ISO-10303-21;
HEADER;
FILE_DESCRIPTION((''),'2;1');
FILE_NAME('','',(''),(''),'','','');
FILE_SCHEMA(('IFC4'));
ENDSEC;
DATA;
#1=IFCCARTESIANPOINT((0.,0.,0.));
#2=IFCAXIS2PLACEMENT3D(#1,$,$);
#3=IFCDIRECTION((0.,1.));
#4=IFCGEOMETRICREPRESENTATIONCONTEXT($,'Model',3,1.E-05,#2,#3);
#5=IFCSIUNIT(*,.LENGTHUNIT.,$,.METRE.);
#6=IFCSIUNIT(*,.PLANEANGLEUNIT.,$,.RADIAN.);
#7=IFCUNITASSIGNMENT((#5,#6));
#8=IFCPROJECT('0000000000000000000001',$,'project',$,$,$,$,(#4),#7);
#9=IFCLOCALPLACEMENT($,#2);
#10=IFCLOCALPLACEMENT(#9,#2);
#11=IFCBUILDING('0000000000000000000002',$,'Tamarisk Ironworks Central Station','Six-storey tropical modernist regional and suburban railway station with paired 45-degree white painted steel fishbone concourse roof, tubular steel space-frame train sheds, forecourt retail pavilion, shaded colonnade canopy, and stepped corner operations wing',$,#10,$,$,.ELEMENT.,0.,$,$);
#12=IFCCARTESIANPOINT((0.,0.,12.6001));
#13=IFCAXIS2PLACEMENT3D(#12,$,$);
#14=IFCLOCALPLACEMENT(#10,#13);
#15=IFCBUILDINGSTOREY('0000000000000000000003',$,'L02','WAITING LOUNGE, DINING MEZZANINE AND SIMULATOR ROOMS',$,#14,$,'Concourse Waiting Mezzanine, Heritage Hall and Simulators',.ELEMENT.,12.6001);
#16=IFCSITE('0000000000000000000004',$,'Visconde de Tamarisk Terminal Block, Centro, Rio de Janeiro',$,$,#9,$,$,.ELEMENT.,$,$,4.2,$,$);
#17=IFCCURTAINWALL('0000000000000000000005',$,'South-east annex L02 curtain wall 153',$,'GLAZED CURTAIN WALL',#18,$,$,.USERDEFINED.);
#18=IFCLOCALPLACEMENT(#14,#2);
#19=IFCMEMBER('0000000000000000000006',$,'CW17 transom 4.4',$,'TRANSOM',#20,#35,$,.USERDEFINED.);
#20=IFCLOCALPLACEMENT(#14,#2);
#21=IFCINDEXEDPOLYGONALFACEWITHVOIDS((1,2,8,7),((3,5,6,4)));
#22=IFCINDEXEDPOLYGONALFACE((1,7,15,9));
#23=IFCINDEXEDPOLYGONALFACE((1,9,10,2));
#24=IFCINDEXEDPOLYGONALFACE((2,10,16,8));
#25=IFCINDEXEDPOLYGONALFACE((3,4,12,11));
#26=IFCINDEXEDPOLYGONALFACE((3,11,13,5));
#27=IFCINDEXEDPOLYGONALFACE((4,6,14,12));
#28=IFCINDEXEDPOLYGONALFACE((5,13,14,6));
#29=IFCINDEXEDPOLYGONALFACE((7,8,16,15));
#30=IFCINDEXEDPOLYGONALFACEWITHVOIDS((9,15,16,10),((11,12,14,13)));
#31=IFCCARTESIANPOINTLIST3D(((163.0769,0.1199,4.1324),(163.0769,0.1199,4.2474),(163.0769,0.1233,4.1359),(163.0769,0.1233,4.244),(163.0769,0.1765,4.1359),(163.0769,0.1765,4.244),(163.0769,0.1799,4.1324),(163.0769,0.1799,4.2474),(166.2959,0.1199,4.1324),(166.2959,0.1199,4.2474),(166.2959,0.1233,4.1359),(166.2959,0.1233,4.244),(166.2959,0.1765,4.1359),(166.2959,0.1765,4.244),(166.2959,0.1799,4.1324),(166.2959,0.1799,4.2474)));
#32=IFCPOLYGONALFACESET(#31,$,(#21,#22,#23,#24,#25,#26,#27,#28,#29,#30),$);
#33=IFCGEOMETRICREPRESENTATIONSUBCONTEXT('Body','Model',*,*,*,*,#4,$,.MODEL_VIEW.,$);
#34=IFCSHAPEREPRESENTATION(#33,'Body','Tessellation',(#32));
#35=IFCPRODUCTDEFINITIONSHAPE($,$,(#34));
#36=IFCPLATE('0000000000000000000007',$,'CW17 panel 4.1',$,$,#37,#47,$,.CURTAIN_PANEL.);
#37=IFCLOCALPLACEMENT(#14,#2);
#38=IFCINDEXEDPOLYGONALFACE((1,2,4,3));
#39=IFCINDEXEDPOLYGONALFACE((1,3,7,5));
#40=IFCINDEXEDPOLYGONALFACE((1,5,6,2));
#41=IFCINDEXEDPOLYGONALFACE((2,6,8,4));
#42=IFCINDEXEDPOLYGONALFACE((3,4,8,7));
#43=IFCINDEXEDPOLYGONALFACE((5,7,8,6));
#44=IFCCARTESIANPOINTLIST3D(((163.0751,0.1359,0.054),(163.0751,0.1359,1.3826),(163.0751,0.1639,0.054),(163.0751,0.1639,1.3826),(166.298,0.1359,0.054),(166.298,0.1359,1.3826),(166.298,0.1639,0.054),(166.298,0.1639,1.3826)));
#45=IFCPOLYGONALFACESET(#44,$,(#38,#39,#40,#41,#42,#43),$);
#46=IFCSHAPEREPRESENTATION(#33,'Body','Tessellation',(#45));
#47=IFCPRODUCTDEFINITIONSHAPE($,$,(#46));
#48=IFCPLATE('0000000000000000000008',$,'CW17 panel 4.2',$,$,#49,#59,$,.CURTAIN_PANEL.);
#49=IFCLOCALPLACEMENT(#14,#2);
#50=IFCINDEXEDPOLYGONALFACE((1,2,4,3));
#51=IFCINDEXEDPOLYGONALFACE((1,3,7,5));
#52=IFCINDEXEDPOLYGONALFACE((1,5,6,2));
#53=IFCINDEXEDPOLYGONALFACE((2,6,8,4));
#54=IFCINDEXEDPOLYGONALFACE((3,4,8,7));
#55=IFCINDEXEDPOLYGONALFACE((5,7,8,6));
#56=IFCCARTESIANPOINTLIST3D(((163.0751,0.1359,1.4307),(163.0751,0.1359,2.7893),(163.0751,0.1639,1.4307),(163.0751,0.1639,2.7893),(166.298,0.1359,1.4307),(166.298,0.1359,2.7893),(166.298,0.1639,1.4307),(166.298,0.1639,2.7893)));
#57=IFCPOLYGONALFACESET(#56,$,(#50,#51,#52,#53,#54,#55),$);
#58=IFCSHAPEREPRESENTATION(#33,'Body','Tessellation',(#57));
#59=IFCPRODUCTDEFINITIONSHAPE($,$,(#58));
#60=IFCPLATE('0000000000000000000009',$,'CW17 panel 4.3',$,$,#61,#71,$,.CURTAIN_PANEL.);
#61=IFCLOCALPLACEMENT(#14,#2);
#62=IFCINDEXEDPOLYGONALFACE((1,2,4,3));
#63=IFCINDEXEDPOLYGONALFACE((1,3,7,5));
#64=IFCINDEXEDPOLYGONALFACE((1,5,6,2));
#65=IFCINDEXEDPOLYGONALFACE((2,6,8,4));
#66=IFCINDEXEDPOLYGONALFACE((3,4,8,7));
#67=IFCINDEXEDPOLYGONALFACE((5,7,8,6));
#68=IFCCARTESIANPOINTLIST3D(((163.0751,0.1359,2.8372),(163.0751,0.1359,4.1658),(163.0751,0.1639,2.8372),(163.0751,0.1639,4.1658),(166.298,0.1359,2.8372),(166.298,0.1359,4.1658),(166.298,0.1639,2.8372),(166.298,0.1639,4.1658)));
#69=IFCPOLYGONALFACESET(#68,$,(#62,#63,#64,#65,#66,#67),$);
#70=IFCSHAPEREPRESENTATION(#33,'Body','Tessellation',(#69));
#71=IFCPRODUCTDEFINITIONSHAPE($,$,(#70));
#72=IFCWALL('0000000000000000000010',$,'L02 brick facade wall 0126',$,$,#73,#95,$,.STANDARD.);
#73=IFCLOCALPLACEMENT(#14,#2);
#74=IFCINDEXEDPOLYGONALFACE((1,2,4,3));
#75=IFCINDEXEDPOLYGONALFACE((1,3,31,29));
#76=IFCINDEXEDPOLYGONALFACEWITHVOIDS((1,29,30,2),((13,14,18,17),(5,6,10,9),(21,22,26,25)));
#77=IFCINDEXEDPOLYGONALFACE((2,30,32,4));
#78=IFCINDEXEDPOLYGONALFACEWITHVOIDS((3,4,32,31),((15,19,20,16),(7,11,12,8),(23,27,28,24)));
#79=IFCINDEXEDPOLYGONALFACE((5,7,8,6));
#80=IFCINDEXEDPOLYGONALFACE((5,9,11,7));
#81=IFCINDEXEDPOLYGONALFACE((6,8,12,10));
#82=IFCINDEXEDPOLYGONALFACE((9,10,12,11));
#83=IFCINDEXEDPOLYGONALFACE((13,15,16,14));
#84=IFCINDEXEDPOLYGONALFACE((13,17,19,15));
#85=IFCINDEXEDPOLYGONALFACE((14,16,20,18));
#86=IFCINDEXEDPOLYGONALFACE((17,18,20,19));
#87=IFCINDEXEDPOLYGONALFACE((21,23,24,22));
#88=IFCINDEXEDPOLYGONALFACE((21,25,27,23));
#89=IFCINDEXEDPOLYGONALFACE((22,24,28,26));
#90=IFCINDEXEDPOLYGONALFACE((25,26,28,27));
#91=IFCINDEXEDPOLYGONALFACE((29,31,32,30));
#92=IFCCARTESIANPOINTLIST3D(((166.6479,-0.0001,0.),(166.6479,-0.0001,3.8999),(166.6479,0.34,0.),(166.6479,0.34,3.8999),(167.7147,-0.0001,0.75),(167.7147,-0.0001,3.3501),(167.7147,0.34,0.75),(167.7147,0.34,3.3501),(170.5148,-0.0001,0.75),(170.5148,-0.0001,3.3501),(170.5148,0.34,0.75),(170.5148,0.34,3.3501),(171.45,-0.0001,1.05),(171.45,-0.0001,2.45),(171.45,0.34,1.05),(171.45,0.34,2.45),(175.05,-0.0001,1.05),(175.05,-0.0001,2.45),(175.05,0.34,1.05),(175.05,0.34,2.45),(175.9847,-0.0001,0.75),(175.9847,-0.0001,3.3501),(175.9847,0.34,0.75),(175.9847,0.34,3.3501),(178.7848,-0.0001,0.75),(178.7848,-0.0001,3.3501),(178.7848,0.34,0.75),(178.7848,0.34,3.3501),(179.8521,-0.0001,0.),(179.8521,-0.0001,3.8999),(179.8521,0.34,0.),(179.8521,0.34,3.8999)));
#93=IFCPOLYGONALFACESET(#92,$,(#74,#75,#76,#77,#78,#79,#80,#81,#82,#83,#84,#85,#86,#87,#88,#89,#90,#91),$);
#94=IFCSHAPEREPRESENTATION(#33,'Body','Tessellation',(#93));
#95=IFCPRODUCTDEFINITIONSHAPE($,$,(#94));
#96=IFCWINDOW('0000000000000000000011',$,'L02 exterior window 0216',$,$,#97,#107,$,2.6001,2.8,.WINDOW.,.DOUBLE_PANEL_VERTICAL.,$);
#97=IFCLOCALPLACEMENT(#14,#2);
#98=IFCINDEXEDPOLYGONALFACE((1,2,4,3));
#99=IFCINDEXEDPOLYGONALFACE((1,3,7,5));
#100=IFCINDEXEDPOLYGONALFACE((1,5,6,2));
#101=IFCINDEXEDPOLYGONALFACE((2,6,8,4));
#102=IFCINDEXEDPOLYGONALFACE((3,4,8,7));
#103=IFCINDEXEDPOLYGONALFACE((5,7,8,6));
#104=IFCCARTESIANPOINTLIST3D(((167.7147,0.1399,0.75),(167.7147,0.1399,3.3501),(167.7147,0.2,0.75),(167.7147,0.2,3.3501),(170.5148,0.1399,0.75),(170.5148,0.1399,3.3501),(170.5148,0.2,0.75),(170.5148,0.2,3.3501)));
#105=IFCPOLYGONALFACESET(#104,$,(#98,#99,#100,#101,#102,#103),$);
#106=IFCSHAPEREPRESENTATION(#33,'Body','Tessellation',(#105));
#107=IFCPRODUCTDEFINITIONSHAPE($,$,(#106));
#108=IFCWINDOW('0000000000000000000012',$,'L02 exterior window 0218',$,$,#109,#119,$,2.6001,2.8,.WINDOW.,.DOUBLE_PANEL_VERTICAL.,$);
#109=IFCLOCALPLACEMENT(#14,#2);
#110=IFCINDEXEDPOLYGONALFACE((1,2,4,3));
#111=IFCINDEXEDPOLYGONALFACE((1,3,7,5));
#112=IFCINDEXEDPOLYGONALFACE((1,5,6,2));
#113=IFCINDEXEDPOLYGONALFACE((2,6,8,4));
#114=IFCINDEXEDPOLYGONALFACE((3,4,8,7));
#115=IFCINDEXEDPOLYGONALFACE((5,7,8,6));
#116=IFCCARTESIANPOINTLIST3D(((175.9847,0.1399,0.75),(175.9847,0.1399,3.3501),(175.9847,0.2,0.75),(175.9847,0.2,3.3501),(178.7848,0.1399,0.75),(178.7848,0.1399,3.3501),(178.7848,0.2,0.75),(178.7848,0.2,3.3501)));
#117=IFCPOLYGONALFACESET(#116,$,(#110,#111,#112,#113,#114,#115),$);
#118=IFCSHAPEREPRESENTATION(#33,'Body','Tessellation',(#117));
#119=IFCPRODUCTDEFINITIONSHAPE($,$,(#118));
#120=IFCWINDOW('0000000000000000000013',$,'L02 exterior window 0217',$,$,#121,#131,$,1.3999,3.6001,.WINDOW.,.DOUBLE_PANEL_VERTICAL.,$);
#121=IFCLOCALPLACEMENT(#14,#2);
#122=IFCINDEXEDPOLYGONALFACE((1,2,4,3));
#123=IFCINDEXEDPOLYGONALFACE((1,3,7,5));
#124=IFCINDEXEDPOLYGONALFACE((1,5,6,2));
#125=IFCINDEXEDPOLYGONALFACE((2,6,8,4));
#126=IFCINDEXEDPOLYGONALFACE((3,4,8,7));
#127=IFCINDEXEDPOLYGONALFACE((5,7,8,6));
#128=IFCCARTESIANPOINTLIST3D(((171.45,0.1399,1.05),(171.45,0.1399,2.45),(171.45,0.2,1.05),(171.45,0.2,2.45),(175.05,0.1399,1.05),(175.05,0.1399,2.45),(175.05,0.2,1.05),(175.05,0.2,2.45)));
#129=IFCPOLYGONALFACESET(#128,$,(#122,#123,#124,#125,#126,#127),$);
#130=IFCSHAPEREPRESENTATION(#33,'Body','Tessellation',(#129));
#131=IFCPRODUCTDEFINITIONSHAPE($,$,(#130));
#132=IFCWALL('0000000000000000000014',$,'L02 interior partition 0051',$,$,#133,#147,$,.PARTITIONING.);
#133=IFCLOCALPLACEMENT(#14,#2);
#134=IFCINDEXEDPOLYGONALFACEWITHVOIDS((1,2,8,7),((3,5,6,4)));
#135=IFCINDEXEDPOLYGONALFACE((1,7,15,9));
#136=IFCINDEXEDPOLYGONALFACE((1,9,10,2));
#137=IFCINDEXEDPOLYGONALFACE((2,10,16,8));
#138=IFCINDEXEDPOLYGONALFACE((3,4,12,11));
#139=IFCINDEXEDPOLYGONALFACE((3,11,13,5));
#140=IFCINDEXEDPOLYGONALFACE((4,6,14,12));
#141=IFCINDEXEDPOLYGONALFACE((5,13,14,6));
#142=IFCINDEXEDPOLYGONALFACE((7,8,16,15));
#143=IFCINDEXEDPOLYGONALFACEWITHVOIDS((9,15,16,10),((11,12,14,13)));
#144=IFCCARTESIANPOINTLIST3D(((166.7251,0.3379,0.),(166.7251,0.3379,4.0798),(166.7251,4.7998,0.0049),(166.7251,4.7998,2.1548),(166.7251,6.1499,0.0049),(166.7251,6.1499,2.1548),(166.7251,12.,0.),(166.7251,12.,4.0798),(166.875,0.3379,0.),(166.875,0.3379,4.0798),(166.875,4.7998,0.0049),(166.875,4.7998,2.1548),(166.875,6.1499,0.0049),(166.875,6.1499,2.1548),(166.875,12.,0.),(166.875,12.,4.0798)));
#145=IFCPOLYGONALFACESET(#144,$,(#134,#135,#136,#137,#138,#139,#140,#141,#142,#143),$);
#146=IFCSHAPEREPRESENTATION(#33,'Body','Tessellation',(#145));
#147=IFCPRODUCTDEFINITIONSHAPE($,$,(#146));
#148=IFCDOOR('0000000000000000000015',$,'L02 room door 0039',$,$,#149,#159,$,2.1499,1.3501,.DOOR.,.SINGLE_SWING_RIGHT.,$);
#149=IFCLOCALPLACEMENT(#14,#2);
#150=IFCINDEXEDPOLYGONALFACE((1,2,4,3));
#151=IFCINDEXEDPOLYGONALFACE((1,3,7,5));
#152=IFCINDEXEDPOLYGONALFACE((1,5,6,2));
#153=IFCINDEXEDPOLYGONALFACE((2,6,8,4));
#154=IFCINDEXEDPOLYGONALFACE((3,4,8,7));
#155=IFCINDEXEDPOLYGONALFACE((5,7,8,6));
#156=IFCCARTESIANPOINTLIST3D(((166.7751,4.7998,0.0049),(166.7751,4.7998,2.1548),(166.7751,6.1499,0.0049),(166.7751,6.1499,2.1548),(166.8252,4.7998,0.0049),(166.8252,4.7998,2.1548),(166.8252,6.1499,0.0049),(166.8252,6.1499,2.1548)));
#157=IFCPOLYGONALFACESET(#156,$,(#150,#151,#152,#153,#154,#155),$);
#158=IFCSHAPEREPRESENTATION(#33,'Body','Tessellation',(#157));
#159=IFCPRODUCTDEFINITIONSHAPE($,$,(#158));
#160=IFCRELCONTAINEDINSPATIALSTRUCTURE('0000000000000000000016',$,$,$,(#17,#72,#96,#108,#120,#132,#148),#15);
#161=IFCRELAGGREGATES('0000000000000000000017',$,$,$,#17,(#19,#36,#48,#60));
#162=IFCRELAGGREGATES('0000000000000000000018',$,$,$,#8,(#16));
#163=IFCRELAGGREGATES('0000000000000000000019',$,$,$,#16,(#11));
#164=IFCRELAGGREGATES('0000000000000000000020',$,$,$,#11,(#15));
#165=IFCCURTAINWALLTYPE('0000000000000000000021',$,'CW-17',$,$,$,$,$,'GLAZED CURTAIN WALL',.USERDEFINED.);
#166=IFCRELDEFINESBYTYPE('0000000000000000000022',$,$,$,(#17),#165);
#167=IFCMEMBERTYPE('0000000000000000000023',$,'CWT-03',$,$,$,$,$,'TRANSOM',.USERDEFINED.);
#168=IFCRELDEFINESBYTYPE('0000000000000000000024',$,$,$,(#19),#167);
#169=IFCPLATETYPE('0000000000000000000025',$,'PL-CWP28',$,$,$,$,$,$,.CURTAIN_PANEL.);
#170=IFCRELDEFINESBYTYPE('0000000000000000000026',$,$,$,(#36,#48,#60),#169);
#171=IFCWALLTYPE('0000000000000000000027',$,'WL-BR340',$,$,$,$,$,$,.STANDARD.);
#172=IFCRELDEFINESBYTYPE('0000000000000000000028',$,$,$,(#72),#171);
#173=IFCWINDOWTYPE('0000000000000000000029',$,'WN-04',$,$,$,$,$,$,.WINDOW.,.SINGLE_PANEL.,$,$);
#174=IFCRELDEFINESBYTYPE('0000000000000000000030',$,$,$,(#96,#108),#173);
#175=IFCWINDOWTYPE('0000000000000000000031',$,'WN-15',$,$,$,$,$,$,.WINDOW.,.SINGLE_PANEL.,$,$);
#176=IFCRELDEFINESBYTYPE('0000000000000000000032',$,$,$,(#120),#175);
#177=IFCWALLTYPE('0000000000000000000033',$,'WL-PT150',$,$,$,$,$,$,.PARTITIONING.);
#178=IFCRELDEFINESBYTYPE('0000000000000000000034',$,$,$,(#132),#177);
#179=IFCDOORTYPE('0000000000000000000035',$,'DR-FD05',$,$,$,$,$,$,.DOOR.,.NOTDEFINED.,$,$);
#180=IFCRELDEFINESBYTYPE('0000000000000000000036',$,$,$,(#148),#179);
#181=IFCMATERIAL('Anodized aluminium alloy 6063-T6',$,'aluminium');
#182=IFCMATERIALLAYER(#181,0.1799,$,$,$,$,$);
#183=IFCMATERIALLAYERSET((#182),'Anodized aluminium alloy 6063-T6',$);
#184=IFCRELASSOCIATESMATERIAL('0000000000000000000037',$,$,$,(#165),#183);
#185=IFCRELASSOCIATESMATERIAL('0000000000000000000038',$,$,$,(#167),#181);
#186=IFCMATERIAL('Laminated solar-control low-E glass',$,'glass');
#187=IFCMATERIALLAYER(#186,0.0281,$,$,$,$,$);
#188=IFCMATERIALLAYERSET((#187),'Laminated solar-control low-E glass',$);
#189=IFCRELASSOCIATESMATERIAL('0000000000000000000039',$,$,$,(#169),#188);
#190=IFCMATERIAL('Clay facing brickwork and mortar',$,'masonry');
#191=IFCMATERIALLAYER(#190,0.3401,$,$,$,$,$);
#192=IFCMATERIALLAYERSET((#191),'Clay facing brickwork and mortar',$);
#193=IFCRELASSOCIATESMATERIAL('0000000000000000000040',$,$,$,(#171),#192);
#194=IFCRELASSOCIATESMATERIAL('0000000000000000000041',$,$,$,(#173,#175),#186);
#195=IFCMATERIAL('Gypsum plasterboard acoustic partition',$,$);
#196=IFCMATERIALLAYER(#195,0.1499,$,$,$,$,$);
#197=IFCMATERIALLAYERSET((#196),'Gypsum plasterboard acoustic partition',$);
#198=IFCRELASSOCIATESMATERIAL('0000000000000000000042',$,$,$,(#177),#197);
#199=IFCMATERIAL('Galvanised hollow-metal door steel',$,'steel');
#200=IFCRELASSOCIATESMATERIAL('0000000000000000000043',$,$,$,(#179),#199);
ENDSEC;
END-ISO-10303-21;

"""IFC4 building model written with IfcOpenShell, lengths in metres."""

from ifc_helpers import new_model, si_unit, direction, frame, frame_2d, origin, origin_2d, place, context, subcontext, project, spatial, rectangle, hollow_rectangle, extrude, material, layer, layer_set, material_profile, profile_set, type_object, element, fill, aggregate, save


model = new_model("IFC4")

# Units and contexts
model_context = context("Model", 3, precision=1e-05, world=origin(), true_north=direction((0.0, 1.0)))
body_context = subcontext(model_context, "Body", "Model", "MODEL_VIEW")
ifc_project = project(units=[si_unit("LENGTHUNIT", "METRE"), si_unit("PLANEANGLEUNIT", "RADIAN")], contexts=[model_context])

# Site, building, storey
site_placement = place(None, origin())
site = spatial("IfcSite", under=ifc_project, at=site_placement, Name="Visconde de Tamarisk Terminal Block, Centro, Rio de Janeiro", CompositionType="ELEMENT", RefElevation=4.2)
building_placement = place(site_placement, origin())
building = spatial("IfcBuilding", under=site, at=building_placement, Name="Tamarisk Ironworks Central Station", Description="Six-storey tropical modernist regional and suburban railway station with paired 45-degree white painted steel fishbone concourse roof, tubular steel space-frame train sheds, forecourt retail pavilion, shaded colonnade canopy, and stepped corner operations wing", CompositionType="ELEMENT", ElevationOfRefHeight=0.0)
storey_placement = place(building_placement, frame((0.0, 0.0, 12.6001)))
storey = spatial("IfcBuildingStorey", under=building, at=storey_placement, Name="L02", Description="WAITING LOUNGE, DINING MEZZANINE AND SIMULATOR ROOMS", LongName="Concourse Waiting Mezzanine, Heritage Hall and Simulators", CompositionType="ELEMENT", Elevation=12.6001)

# Curtain wall, member, plates
ifc_material_1 = material(Name="Anodized aluminium alloy 6063-T6", Category="aluminium")
ifc_layer_1 = layer(ifc_material_1, 0.1799)
ifc_layer_set_1 = layer_set([ifc_layer_1], Name="Anodized aluminium alloy 6063-T6")
curtain_wall_type = type_object("IfcCurtainWallType", Name="CW-17", ElementType="GLAZED CURTAIN WALL", PredefinedType="USERDEFINED", material=ifc_layer_set_1)
curtain_wall_placement = place(storey_placement, origin())
curtain_wall = element("IfcCurtainWall", 1, at=curtain_wall_placement, inside=storey, type_object=curtain_wall_type, Name="South-east annex L02 curtain wall 153", ObjectType="GLAZED CURTAIN WALL", PredefinedType="USERDEFINED")
ifc_material_profile_1 = material_profile(ifc_material_1, hollow_rectangle(XDim=0.0601, YDim=0.115, WallThickness=0.0034, at=origin_2d()), Name="ALUM 115x60")
ifc_profile_set_1 = profile_set([ifc_material_profile_1], Name="Anodized aluminium alloy 6063-T6")
member_type_1 = type_object("IfcMemberType", Name="CWT-03", ElementType="TRANSOM", PredefinedType="USERDEFINED", material=ifc_profile_set_1)
member_1_placement = place(storey_placement, frame((163.0769, 0.1499, 4.1899), z_axis=(1.0, 0.0, 0.0), x_axis=(0.0, 1.0, 0.0)))
member_1 = element("IfcMember", 2, at=member_1_placement, type_object=member_type_1, Name="CW17 transom 4.4", ObjectType="TRANSOM", PredefinedType="USERDEFINED", context=body_context, shape_type="SweptSolid", body=[
    extrude(hollow_rectangle(XDim=0.0601, YDim=0.115, WallThickness=0.0034, at=origin_2d()), origin(), (0.0, 0.0, 1.0), 3.219),
])
ifc_material_2 = material(Name="Laminated solar-control low-E glass", Category="glass")
ifc_layer_2 = layer(ifc_material_2, 0.0281)
ifc_layer_set_2 = layer_set([ifc_layer_2], Name="Laminated solar-control low-E glass")
plate_type = type_object("IfcPlateType", Name="PL-CWP28", PredefinedType="CURTAIN_PANEL", material=ifc_layer_set_2)
plate_1_placement = place(storey_placement, frame((164.6865, 0.1499, 0.054), z_axis=(0.0, 0.0, 1.0), x_axis=(1.0, 0.0, 0.0)))
plate_1 = element("IfcPlate", 3, at=plate_1_placement, type_object=plate_type, Name="CW17 panel 4.1", PredefinedType="CURTAIN_PANEL", context=body_context, shape_type="SweptSolid", body=[
    extrude(rectangle(XDim=3.2229, YDim=0.0281, at=origin_2d()), origin(), (0.0, 0.0, 1.0), 1.3286),
])
plate_2_placement = place(storey_placement, frame((164.6865, 0.1499, 1.4307), z_axis=(0.0, 0.0, 1.0), x_axis=(1.0, 0.0, 0.0)))
plate_2 = element("IfcPlate", 4, at=plate_2_placement, type_object=plate_type, Name="CW17 panel 4.2", PredefinedType="CURTAIN_PANEL", context=body_context, shape_type="SweptSolid", body=[
    extrude(rectangle(XDim=3.2229, YDim=0.0281, at=origin_2d()), origin(), (0.0, 0.0, 1.0), 1.3586),
])
plate_3_placement = place(storey_placement, frame((164.6865, 0.1499, 2.8372), z_axis=(0.0, 0.0, 1.0), x_axis=(1.0, 0.0, 0.0)))
plate_3 = element("IfcPlate", 5, at=plate_3_placement, type_object=plate_type, Name="CW17 panel 4.3", PredefinedType="CURTAIN_PANEL", context=body_context, shape_type="SweptSolid", body=[
    extrude(rectangle(XDim=3.2229, YDim=0.0281, at=origin_2d()), origin(), (0.0, 0.0, 1.0), 1.3286),
])
aggregate(curtain_wall, [member_1, plate_1, plate_2, plate_3])

# Wall, openings, windows
ifc_material_3 = material(Name="Clay facing brickwork and mortar", Category="masonry")
ifc_layer_3 = layer(ifc_material_3, 0.3401)
ifc_layer_set_3 = layer_set([ifc_layer_3], Name="Clay facing brickwork and mortar")
wall_type_1 = type_object("IfcWallType", Name="WL-BR340", PredefinedType="STANDARD", material=ifc_layer_set_3)
wall_1_placement = place(storey_placement, frame((166.6479, 0.1699, 0.0), z_axis=(0.0, 0.0, 1.0), x_axis=(1.0, 0.0, 0.0)))
wall_1 = element("IfcWall", 6, at=wall_1_placement, inside=storey, type_object=wall_type_1, Name="L02 brick facade wall 0126", PredefinedType="STANDARD", context=body_context, shape_type="SweptSolid", body=[
    extrude(rectangle(XDim=13.2041, YDim=0.3401, at=frame_2d((6.6021, 0.0))), origin(), (0.0, 0.0, 1.0), 3.8999),
])
opening_1_placement = place(wall_1_placement, frame((1.0669, 0.0, 0.75)))
opening_1 = element("IfcOpeningElement", 7, at=opening_1_placement, cuts=wall_1, PredefinedType="OPENING", context=body_context, shape_type="SweptSolid", body=[
    extrude(rectangle(XDim=2.8, YDim=2.6001, at=frame_2d((1.3999, 1.3))), frame((0.0, 0.1821, 0.0), z_axis=(0.0, -1.0, 0.0), x_axis=(1.0, 0.0, 0.0)), (0.0, 0.0, 1.0), 0.364),
])
opening_2_placement = place(wall_1_placement, frame((4.802, 0.0, 1.05)))
opening_2 = element("IfcOpeningElement", 8, at=opening_2_placement, cuts=wall_1, PredefinedType="OPENING", context=body_context, shape_type="SweptSolid", body=[
    extrude(rectangle(XDim=3.6001, YDim=1.3999, at=frame_2d((1.8, 0.7))), frame((0.0, 0.1821, 0.0), z_axis=(0.0, -1.0, 0.0), x_axis=(1.0, 0.0, 0.0)), (0.0, 0.0, 1.0), 0.364),
])
opening_3_placement = place(wall_1_placement, frame((9.3369, 0.0, 0.75)))
opening_3 = element("IfcOpeningElement", 9, at=opening_3_placement, cuts=wall_1, PredefinedType="OPENING", context=body_context, shape_type="SweptSolid", body=[
    extrude(rectangle(XDim=2.8, YDim=2.6001, at=frame_2d((1.3999, 1.3))), frame((0.0, 0.1821, 0.0), z_axis=(0.0, -1.0, 0.0), x_axis=(1.0, 0.0, 0.0)), (0.0, 0.0, 1.0), 0.364),
])
window_type_1 = type_object("IfcWindowType", Name="WN-04", PartitioningType="SINGLE_PANEL", PredefinedType="WINDOW", material=ifc_material_2)
window_1_placement = place(opening_1_placement, origin())
window_1 = element("IfcWindow", 10, at=window_1_placement, inside=storey, type_object=window_type_1, Name="L02 exterior window 0216", OverallHeight=2.6001, OverallWidth=2.8, PartitioningType="DOUBLE_PANEL_VERTICAL", PredefinedType="WINDOW", context=body_context, shape_type="SweptSolid", body=[
    extrude(rectangle(XDim=2.8, YDim=2.6001, at=frame_2d((1.3999, 1.3))), frame((0.0, 0.03, 0.0), z_axis=(0.0, -1.0, 0.0), x_axis=(1.0, 0.0, 0.0)), (0.0, 0.0, 1.0), 0.0601),
])
fill(opening_1, window_1)
window_2_placement = place(opening_3_placement, origin())
window_2 = element("IfcWindow", 11, at=window_2_placement, inside=storey, type_object=window_type_1, Name="L02 exterior window 0218", OverallHeight=2.6001, OverallWidth=2.8, PartitioningType="DOUBLE_PANEL_VERTICAL", PredefinedType="WINDOW", context=body_context, shape_type="SweptSolid", body=[
    extrude(rectangle(XDim=2.8, YDim=2.6001, at=frame_2d((1.3999, 1.3))), frame((0.0, 0.03, 0.0), z_axis=(0.0, -1.0, 0.0), x_axis=(1.0, 0.0, 0.0)), (0.0, 0.0, 1.0), 0.0601),
])
fill(opening_3, window_2)
window_type_2 = type_object("IfcWindowType", Name="WN-15", PartitioningType="SINGLE_PANEL", PredefinedType="WINDOW", material=ifc_material_2)
window_3_placement = place(opening_2_placement, origin())
window_3 = element("IfcWindow", 12, at=window_3_placement, inside=storey, type_object=window_type_2, Name="L02 exterior window 0217", OverallHeight=1.3999, OverallWidth=3.6001, PartitioningType="DOUBLE_PANEL_VERTICAL", PredefinedType="WINDOW", context=body_context, shape_type="SweptSolid", body=[
    extrude(rectangle(XDim=3.6001, YDim=1.3999, at=frame_2d((1.8, 0.7))), frame((0.0, 0.03, 0.0), z_axis=(0.0, -1.0, 0.0), x_axis=(1.0, 0.0, 0.0)), (0.0, 0.0, 1.0), 0.0601),
])
fill(opening_2, window_3)

# Wall, opening, door
ifc_material_4 = material(Name="Gypsum plasterboard acoustic partition")
ifc_layer_4 = layer(ifc_material_4, 0.1499)
ifc_layer_set_4 = layer_set([ifc_layer_4], Name="Gypsum plasterboard acoustic partition")
wall_type_2 = type_object("IfcWallType", Name="WL-PT150", PredefinedType="PARTITIONING", material=ifc_layer_set_4)
wall_2_placement = place(storey_placement, frame((166.8, 0.3379, 0.0), z_axis=(0.0, 0.0, 1.0), x_axis=(0.0, 1.0, 0.0)))
wall_2 = element("IfcWall", 13, at=wall_2_placement, inside=storey, type_object=wall_type_2, Name="L02 interior partition 0051", PredefinedType="PARTITIONING", context=body_context, shape_type="SweptSolid", body=[
    extrude(rectangle(XDim=11.6621, YDim=0.1499, at=frame_2d((5.8311, 0.0))), origin(), (0.0, 0.0, 1.0), 4.0798),
])
opening_4_placement = place(wall_2_placement, frame((4.4619, 0.0, 0.0049)))
opening_4 = element("IfcOpeningElement", 14, at=opening_4_placement, cuts=wall_2, PredefinedType="OPENING", context=body_context, shape_type="SweptSolid", body=[
    extrude(rectangle(XDim=1.3501, YDim=2.1499, at=frame_2d((0.675, 1.075))), frame((0.0, 0.0869, 0.0), z_axis=(0.0, -1.0, 0.0), x_axis=(1.0, 0.0, 0.0)), (0.0, 0.0, 1.0), 0.1738),
])
ifc_material_5 = material(Name="Galvanised hollow-metal door steel", Category="steel")
door_type = type_object("IfcDoorType", Name="DR-FD05", OperationType="NOTDEFINED", PredefinedType="DOOR", material=ifc_material_5)
door_placement = place(opening_4_placement, origin())
door = element("IfcDoor", 15, at=door_placement, inside=storey, type_object=door_type, Name="L02 room door 0039", OperationType="SINGLE_SWING_RIGHT", OverallHeight=2.1499, OverallWidth=1.3501, PredefinedType="DOOR", context=body_context, shape_type="SweptSolid", body=[
    extrude(rectangle(XDim=1.3501, YDim=2.1499, at=frame_2d((0.675, 1.075))), frame((0.0, 0.0249, 0.0), z_axis=(0.0, -1.0, 0.0), x_axis=(1.0, 0.0, 0.0)), (0.0, 0.0, 1.0), 0.05),
])
fill(opening_4, door)

save(model, "model.ifc")
